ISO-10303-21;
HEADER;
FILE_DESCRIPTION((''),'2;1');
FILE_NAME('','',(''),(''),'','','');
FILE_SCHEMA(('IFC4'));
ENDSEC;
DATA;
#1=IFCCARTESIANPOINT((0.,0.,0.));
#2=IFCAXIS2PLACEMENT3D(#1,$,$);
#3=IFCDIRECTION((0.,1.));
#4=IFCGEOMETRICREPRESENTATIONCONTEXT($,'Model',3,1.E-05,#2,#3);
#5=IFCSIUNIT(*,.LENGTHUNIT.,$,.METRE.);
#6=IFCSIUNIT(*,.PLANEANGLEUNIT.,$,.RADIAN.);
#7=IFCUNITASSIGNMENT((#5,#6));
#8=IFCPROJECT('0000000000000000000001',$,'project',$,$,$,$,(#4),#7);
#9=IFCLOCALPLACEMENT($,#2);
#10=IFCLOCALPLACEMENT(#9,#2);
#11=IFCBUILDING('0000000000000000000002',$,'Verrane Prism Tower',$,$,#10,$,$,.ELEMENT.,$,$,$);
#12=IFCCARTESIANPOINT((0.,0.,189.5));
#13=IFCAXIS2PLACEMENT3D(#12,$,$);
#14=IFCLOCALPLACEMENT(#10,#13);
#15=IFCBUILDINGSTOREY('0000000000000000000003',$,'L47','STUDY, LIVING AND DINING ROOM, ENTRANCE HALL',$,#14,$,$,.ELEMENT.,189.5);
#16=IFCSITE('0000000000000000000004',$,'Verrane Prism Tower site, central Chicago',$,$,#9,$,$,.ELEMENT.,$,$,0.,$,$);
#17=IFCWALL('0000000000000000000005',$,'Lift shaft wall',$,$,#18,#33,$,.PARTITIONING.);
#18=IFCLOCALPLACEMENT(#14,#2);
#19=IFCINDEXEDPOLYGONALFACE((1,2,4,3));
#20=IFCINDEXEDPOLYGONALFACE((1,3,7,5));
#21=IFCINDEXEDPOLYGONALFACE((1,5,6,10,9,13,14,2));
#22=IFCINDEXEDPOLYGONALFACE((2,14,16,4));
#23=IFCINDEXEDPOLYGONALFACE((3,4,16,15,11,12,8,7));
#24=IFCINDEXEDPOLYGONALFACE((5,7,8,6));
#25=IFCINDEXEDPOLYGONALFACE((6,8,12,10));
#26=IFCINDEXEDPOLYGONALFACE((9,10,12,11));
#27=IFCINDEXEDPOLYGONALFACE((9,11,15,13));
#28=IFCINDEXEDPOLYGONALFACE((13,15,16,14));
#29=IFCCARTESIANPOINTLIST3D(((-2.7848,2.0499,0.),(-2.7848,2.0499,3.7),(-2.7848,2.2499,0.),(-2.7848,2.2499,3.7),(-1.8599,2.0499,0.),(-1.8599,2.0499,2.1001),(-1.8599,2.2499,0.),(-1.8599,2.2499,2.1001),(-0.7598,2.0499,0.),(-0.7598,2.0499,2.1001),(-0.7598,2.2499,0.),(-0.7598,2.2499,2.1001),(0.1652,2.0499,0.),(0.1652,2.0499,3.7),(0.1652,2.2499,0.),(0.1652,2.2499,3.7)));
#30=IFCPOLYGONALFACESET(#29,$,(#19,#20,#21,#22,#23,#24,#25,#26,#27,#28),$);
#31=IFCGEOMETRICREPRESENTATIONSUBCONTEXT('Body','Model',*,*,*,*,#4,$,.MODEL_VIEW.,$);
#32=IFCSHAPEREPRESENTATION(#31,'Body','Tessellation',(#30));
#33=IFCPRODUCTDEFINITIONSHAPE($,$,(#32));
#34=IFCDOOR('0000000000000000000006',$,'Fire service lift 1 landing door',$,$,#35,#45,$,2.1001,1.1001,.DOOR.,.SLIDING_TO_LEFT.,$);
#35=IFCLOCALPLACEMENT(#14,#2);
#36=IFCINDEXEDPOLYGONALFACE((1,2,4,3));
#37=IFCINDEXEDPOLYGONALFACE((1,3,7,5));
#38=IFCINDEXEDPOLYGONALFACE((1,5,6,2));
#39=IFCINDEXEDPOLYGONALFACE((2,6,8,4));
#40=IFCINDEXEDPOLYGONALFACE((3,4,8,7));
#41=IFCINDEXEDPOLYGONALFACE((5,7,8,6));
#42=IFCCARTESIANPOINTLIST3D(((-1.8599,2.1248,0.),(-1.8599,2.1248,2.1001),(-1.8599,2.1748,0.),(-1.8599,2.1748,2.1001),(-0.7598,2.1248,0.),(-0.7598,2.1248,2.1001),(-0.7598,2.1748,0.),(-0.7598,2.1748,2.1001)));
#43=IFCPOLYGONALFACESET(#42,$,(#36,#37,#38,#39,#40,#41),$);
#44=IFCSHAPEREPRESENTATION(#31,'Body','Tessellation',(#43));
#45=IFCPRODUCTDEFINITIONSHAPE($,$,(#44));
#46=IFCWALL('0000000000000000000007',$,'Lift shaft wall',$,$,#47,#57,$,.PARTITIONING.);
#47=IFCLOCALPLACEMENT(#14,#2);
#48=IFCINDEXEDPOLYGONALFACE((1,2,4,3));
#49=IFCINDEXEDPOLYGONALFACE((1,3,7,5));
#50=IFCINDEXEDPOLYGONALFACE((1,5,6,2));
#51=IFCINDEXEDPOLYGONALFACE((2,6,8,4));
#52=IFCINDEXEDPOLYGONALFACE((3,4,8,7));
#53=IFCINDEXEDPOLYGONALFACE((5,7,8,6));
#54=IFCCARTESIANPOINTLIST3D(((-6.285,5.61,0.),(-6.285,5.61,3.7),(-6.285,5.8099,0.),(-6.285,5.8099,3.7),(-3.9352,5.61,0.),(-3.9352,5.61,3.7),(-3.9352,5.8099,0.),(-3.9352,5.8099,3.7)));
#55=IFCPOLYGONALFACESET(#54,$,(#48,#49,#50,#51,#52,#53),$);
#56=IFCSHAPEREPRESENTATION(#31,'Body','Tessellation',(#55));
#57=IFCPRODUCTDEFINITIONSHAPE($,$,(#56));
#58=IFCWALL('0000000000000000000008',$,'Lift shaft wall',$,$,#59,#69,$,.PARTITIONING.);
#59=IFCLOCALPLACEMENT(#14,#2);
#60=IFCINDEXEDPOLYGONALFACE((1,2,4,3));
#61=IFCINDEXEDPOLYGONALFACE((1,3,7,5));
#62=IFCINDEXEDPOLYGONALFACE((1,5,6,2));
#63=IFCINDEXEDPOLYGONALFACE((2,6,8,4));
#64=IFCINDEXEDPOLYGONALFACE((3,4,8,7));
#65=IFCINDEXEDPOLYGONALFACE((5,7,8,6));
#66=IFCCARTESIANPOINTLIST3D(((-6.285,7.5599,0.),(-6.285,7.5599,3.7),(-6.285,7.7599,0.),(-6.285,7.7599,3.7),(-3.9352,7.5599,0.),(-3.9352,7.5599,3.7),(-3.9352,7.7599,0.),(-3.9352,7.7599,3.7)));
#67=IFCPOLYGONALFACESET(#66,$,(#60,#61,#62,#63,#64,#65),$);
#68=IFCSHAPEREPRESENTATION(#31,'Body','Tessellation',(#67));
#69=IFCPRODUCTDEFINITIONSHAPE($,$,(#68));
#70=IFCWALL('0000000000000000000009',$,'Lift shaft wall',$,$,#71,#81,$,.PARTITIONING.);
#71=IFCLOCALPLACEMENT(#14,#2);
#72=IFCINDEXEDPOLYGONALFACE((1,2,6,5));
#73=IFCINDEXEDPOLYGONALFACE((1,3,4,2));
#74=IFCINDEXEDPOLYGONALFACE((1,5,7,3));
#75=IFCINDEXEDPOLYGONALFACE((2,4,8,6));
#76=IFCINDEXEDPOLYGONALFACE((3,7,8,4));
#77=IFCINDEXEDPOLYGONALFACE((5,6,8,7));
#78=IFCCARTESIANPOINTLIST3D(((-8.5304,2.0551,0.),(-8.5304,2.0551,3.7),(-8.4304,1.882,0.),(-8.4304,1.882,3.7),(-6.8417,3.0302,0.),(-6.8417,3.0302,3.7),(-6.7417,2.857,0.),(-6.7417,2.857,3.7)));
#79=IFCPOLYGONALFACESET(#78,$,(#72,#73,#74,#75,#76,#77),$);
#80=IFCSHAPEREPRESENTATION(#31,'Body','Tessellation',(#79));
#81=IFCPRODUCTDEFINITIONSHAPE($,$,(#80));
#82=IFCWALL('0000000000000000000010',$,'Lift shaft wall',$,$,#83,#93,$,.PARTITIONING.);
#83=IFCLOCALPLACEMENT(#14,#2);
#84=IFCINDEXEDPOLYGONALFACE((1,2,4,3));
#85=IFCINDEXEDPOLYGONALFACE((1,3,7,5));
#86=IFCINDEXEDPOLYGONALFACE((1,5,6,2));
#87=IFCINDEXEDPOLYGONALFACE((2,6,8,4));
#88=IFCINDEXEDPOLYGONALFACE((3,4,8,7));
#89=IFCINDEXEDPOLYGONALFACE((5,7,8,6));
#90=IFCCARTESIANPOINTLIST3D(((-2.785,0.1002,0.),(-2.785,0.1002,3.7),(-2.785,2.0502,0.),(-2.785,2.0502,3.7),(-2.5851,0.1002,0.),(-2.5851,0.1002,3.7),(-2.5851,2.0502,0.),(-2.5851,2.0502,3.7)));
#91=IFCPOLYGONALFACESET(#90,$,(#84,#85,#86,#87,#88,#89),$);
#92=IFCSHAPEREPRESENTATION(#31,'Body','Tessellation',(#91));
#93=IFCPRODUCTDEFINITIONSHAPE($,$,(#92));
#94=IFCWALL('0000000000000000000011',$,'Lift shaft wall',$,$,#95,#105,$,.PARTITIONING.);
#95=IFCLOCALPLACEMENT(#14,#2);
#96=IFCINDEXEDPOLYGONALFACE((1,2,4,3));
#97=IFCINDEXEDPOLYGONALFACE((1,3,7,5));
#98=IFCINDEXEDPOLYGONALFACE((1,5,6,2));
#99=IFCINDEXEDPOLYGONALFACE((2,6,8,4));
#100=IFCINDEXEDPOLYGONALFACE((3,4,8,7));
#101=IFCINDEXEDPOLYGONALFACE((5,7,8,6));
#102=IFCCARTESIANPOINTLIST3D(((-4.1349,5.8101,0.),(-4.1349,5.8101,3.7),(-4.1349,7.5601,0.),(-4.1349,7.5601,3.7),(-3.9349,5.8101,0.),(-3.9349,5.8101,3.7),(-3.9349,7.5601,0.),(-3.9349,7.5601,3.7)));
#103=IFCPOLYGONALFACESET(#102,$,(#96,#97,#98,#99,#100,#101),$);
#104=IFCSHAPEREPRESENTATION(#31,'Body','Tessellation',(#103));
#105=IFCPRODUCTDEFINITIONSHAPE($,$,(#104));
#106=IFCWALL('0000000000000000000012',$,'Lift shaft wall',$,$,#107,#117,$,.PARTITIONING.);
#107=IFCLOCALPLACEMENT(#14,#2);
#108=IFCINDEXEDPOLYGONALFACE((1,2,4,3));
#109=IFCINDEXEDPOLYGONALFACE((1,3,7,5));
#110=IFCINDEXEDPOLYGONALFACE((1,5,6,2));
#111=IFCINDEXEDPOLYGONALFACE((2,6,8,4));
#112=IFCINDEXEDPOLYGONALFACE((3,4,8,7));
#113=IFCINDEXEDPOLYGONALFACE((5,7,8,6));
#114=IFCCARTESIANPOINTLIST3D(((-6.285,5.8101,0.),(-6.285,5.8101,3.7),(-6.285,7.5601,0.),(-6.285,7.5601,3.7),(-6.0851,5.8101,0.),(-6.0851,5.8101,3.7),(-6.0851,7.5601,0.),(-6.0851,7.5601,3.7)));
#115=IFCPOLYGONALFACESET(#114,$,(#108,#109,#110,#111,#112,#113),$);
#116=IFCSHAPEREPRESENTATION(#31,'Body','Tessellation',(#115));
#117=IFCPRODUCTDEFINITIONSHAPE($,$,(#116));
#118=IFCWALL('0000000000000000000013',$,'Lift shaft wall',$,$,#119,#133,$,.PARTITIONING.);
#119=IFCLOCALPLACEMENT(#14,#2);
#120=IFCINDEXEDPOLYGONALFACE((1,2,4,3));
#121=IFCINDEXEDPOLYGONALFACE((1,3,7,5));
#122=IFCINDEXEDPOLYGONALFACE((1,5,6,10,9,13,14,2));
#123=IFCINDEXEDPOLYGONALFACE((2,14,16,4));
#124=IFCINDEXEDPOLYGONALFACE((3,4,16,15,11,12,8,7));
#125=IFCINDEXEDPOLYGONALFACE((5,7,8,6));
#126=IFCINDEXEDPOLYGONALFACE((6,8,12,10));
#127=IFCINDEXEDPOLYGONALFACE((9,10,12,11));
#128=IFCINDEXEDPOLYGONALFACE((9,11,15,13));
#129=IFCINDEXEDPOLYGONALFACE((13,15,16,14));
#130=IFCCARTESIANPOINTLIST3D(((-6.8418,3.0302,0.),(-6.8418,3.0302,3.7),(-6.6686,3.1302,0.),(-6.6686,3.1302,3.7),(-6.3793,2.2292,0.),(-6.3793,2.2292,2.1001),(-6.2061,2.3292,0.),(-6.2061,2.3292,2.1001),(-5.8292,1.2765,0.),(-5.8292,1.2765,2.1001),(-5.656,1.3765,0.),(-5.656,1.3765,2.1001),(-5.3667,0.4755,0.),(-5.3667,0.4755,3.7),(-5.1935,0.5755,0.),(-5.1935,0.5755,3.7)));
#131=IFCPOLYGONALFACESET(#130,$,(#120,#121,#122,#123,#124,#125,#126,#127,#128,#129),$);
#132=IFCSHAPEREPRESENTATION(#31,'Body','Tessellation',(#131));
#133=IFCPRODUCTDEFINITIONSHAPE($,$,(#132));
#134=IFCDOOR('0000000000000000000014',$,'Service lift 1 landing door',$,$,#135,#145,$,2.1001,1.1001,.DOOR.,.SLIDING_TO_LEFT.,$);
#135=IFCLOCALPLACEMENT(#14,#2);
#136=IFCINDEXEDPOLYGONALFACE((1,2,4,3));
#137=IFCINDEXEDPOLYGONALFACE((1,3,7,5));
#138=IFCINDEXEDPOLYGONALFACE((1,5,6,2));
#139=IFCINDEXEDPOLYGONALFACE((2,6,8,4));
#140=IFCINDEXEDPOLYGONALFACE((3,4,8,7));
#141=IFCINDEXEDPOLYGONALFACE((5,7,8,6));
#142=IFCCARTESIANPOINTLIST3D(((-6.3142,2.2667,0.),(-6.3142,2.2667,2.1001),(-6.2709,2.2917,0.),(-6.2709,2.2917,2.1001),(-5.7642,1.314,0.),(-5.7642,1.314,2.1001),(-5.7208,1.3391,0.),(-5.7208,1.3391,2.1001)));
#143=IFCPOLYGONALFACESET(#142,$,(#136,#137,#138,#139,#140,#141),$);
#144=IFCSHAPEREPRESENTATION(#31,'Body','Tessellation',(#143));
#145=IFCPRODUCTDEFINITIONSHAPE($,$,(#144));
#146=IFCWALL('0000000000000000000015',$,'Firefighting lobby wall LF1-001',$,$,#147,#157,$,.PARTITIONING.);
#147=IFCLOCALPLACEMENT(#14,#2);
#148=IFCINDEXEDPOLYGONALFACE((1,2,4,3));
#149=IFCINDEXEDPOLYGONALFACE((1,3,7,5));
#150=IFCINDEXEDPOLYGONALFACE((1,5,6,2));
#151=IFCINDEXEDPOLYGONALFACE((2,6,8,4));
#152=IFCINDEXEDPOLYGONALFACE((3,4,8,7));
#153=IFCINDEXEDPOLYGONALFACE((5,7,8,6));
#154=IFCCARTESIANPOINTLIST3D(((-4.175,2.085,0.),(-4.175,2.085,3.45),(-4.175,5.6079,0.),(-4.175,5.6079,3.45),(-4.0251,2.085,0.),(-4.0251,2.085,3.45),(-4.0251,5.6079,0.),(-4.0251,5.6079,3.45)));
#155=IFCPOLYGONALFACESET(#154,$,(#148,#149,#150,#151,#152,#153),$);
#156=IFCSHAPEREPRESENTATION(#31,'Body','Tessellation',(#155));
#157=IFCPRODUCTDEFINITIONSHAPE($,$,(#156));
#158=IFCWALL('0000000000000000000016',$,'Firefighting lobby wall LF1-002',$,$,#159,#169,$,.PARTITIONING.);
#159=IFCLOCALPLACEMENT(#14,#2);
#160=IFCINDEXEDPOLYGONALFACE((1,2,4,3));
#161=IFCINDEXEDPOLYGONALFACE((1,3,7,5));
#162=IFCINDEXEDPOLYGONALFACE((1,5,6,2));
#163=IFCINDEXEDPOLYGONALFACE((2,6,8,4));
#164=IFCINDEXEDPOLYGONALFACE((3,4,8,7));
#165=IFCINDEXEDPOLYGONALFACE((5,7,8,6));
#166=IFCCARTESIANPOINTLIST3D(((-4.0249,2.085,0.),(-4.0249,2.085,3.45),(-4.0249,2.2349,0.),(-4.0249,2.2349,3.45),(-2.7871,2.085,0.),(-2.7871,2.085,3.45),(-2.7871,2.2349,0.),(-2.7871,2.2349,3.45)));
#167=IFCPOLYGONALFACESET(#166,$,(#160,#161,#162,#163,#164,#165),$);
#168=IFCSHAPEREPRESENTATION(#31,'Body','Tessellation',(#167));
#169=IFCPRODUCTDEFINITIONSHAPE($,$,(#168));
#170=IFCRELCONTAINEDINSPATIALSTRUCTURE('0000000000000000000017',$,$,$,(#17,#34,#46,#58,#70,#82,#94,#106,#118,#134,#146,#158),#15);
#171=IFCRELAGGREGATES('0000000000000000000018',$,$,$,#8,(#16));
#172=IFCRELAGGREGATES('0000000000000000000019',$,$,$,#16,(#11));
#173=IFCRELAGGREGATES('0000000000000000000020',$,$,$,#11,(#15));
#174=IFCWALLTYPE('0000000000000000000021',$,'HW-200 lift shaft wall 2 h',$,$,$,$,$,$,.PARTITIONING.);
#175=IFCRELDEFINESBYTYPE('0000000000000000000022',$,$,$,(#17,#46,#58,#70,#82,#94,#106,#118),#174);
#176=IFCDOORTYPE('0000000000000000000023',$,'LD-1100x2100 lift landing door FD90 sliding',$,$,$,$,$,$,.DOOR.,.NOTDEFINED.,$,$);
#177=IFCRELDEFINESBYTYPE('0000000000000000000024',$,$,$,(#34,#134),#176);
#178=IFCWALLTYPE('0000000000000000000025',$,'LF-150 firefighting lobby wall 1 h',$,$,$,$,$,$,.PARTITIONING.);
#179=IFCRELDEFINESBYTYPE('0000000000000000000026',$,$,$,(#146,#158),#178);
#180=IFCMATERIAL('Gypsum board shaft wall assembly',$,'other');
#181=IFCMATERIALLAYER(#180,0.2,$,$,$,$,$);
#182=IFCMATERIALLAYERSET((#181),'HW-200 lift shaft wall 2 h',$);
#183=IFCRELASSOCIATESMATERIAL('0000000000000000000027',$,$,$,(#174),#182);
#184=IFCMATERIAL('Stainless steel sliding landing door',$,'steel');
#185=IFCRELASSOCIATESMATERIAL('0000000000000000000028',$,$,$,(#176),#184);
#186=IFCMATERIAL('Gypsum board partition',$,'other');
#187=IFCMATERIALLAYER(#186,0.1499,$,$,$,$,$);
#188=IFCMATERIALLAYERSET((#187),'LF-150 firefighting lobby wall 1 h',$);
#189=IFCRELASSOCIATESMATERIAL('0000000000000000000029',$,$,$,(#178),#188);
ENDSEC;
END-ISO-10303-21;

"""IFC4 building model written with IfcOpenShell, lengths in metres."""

from ifc_helpers import new_model, si_unit, direction, frame, frame_2d, origin, place, context, subcontext, project, spatial, rectangle, extrude, material, layer, layer_set, type_object, element, fill, save


model = new_model("IFC4")

# Units and contexts
model_context = context("Model", 3, precision=1e-05, world=origin(), true_north=direction((0.0, 1.0)))
body_context = subcontext(model_context, "Body", "Model", "MODEL_VIEW")
ifc_project = project(units=[si_unit("LENGTHUNIT", "METRE"), si_unit("PLANEANGLEUNIT", "RADIAN")], contexts=[model_context])

# Site, building, storey
site_placement = place(None, origin())
site = spatial("IfcSite", under=ifc_project, at=site_placement, Name="Verrane Prism Tower site, central Chicago", CompositionType="ELEMENT", RefElevation=0.0)
building_placement = place(site_placement, origin())
building = spatial("IfcBuilding", under=site, at=building_placement, Name="Verrane Prism Tower", CompositionType="ELEMENT")
storey_placement = place(building_placement, frame((0.0, 0.0, 189.5)))
storey = spatial("IfcBuildingStorey", under=building, at=storey_placement, Name="L47", Description="STUDY, LIVING AND DINING ROOM, ENTRANCE HALL", CompositionType="ELEMENT", Elevation=189.5)

# Wall, opening, door
ifc_material_1 = material(Name="Gypsum board shaft wall assembly", Category="other")
ifc_layer_1 = layer(ifc_material_1, 0.2)
ifc_layer_set_1 = layer_set([ifc_layer_1], Name="HW-200 lift shaft wall 2 h")
wall_type_1 = type_object("IfcWallType", Name="HW-200 lift shaft wall 2 h", PredefinedType="PARTITIONING", material=ifc_layer_set_1)
wall_1_placement = place(storey_placement, frame((-2.7849, 2.1499, 0.0), z_axis=(0.0, 0.0, 1.0), x_axis=(1.0, 0.0, 0.0)))
wall_1 = element("IfcWall", 1, at=wall_1_placement, inside=storey, type_object=wall_type_1, Name="Lift shaft wall", PredefinedType="PARTITIONING", context=body_context, shape_type="SweptSolid", body=[
    extrude(rectangle(XDim=2.95, YDim=0.2, at=frame_2d((1.4751, 0.0))), origin(), (0.0, 0.0, 1.0), 3.7),
])
opening_1_placement = place(wall_1_placement, frame((0.925, 0.0, 0.0)))
opening_1 = element("IfcOpeningElement", 2, at=opening_1_placement, cuts=wall_1, PredefinedType="OPENING", context=body_context, shape_type="SweptSolid", body=[
    extrude(rectangle(XDim=1.1001, YDim=2.1001, at=frame_2d((0.55, 1.05))), frame((0.0, 0.1099, 0.0), z_axis=(0.0, -1.0, 0.0), x_axis=(1.0, 0.0, 0.0)), (0.0, 0.0, 1.0), 0.22),
])
ifc_material_2 = material(Name="Stainless steel sliding landing door", Category="steel")
door_type_1 = type_object("IfcDoorType", Name="LD-1100x2100 lift landing door FD90 sliding", OperationType="NOTDEFINED", PredefinedType="DOOR", material=ifc_material_2)
door_1_placement = place(opening_1_placement, origin())
door_1 = element("IfcDoor", 3, at=door_1_placement, inside=storey, type_object=door_type_1, Name="Fire service lift 1 landing door", OperationType="SLIDING_TO_LEFT", OverallHeight=2.1001, OverallWidth=1.1001, PredefinedType="DOOR", context=body_context, shape_type="SweptSolid", body=[
    extrude(rectangle(XDim=1.1001, YDim=2.1001, at=frame_2d((0.55, 1.05))), frame((0.0, 0.0249, 0.0), z_axis=(0.0, -1.0, 0.0), x_axis=(1.0, 0.0, 0.0)), (0.0, 0.0, 1.0), 0.05),
])
fill(opening_1, door_1)

# Walls
for number, where, z_axis, x_axis, name in (
    (4, (-6.2849, 5.71, 0.0), (0.0, 0.0, 1.0), (1.0, 0.0, 0.0), "Lift shaft wall"),
    (5, (-6.2849, 7.6599, 0.0), (0.0, 0.0, 1.0), (1.0, 0.0, 0.0), "Lift shaft wall"),
):
    element("IfcWall", number, at=place(storey_placement, frame(where, z_axis=z_axis, x_axis=x_axis)), inside=storey, type_object=wall_type_1, Name=name, PredefinedType="PARTITIONING", context=body_context, shape_type="SweptSolid", body=[
        extrude(rectangle(XDim=2.3499, YDim=0.2, at=frame_2d((1.1748, 0.0))), origin(), (0.0, 0.0, 1.0), 3.7),
    ])
for number, where, z_axis, x_axis, name in (
    (6, (-8.4805, 1.9685, 0.0), (0.0, 0.0, 1.0), (0.866, 0.500044, 0.0), "Lift shaft wall"),
    (7, (-2.6851, 0.1001, 0.0), (0.0, 0.0, 1.0), (0.0, 1.0, 0.0), "Lift shaft wall"),
):
    element("IfcWall", number, at=place(storey_placement, frame(where, z_axis=z_axis, x_axis=x_axis)), inside=storey, type_object=wall_type_1, Name=name, PredefinedType="PARTITIONING", context=body_context, shape_type="SweptSolid", body=[
        extrude(rectangle(XDim=1.95, YDim=0.2, at=frame_2d((0.9751, 0.0))), origin(), (0.0, 0.0, 1.0), 3.7),
    ])
for number, where, z_axis, x_axis, name in (
    (8, (-4.0349, 5.8101, 0.0), (0.0, 0.0, 1.0), (0.0, 1.0, 0.0), "Lift shaft wall"),
    (9, (-6.1851, 5.8101, 0.0), (0.0, 0.0, 1.0), (0.0, 1.0, 0.0), "Lift shaft wall"),
):
    element("IfcWall", number, at=place(storey_placement, frame(where, z_axis=z_axis, x_axis=x_axis)), inside=storey, type_object=wall_type_1, Name=name, PredefinedType="PARTITIONING", context=body_context, shape_type="SweptSolid", body=[
        extrude(rectangle(XDim=1.75, YDim=0.2, at=frame_2d((0.875, 0.0))), origin(), (0.0, 0.0, 1.0), 3.7),
    ])

# Wall, opening, door
wall_2_placement = place(storey_placement, frame((-5.28, 0.5254, 0.0), z_axis=(0.0, 0.0, 1.0), x_axis=(-0.500038, 0.866004, 0.0)))
wall_2 = element("IfcWall", 10, at=wall_2_placement, inside=storey, type_object=wall_type_1, Name="Lift shaft wall", PredefinedType="PARTITIONING", context=body_context, shape_type="SweptSolid", body=[
    extrude(rectangle(XDim=2.95, YDim=0.2, at=frame_2d((1.4751, 0.0))), origin(), (0.0, 0.0, 1.0), 3.7),
])
opening_2_placement = place(wall_2_placement, frame((0.925, 0.0, 0.0)))
opening_2 = element("IfcOpeningElement", 11, at=opening_2_placement, cuts=wall_2, PredefinedType="OPENING", context=body_context, shape_type="SweptSolid", body=[
    extrude(rectangle(XDim=1.1001, YDim=2.1001, at=frame_2d((0.55, 1.05))), frame((0.0, 0.1099, 0.0), z_axis=(0.0, -1.0, 0.0), x_axis=(1.0, 0.0, 0.0)), (0.0, 0.0, 1.0), 0.22),
])
door_2_placement = place(opening_2_placement, origin())
door_2 = element("IfcDoor", 12, at=door_2_placement, inside=storey, type_object=door_type_1, Name="Service lift 1 landing door", OperationType="SLIDING_TO_LEFT", OverallHeight=2.1001, OverallWidth=1.1001, PredefinedType="DOOR", context=body_context, shape_type="SweptSolid", body=[
    extrude(rectangle(XDim=1.1001, YDim=2.1001, at=frame_2d((0.55, 1.05))), frame((0.0, 0.0249, 0.0), z_axis=(0.0, -1.0, 0.0), x_axis=(1.0, 0.0, 0.0)), (0.0, 0.0, 1.0), 0.05),
])
fill(opening_2, door_2)

# Walls
ifc_material_3 = material(Name="Gypsum board partition", Category="other")
ifc_layer_2 = layer(ifc_material_3, 0.1499)
ifc_layer_set_2 = layer_set([ifc_layer_2], Name="LF-150 firefighting lobby wall 1 h")
wall_type_2 = type_object("IfcWallType", Name="LF-150 firefighting lobby wall 1 h", PredefinedType="PARTITIONING", material=ifc_layer_set_2)
wall_3_placement = place(storey_placement, frame((-4.1001, 2.085, 0.0), z_axis=(0.0, 0.0, 1.0), x_axis=(0.0, 1.0, 0.0)))
element("IfcWall", 13, at=wall_3_placement, inside=storey, type_object=wall_type_2, Name="Firefighting lobby wall LF1-001", PredefinedType="PARTITIONING", context=body_context, shape_type="SweptSolid", body=[
    extrude(rectangle(XDim=3.5229, YDim=0.1499, at=frame_2d((1.7615, 0.0))), origin(), (0.0, 0.0, 1.0), 3.45),
])
wall_4_placement = place(storey_placement, frame((-4.0249, 2.1599, 0.0), z_axis=(0.0, 0.0, 1.0), x_axis=(1.0, 0.0, 0.0)))
element("IfcWall", 14, at=wall_4_placement, inside=storey, type_object=wall_type_2, Name="Firefighting lobby wall LF1-002", PredefinedType="PARTITIONING", context=body_context, shape_type="SweptSolid", body=[
    extrude(rectangle(XDim=1.2378, YDim=0.1499, at=frame_2d((0.6189, 0.0))), origin(), (0.0, 0.0, 1.0), 3.45),
])

save(model, "model.ifc")
